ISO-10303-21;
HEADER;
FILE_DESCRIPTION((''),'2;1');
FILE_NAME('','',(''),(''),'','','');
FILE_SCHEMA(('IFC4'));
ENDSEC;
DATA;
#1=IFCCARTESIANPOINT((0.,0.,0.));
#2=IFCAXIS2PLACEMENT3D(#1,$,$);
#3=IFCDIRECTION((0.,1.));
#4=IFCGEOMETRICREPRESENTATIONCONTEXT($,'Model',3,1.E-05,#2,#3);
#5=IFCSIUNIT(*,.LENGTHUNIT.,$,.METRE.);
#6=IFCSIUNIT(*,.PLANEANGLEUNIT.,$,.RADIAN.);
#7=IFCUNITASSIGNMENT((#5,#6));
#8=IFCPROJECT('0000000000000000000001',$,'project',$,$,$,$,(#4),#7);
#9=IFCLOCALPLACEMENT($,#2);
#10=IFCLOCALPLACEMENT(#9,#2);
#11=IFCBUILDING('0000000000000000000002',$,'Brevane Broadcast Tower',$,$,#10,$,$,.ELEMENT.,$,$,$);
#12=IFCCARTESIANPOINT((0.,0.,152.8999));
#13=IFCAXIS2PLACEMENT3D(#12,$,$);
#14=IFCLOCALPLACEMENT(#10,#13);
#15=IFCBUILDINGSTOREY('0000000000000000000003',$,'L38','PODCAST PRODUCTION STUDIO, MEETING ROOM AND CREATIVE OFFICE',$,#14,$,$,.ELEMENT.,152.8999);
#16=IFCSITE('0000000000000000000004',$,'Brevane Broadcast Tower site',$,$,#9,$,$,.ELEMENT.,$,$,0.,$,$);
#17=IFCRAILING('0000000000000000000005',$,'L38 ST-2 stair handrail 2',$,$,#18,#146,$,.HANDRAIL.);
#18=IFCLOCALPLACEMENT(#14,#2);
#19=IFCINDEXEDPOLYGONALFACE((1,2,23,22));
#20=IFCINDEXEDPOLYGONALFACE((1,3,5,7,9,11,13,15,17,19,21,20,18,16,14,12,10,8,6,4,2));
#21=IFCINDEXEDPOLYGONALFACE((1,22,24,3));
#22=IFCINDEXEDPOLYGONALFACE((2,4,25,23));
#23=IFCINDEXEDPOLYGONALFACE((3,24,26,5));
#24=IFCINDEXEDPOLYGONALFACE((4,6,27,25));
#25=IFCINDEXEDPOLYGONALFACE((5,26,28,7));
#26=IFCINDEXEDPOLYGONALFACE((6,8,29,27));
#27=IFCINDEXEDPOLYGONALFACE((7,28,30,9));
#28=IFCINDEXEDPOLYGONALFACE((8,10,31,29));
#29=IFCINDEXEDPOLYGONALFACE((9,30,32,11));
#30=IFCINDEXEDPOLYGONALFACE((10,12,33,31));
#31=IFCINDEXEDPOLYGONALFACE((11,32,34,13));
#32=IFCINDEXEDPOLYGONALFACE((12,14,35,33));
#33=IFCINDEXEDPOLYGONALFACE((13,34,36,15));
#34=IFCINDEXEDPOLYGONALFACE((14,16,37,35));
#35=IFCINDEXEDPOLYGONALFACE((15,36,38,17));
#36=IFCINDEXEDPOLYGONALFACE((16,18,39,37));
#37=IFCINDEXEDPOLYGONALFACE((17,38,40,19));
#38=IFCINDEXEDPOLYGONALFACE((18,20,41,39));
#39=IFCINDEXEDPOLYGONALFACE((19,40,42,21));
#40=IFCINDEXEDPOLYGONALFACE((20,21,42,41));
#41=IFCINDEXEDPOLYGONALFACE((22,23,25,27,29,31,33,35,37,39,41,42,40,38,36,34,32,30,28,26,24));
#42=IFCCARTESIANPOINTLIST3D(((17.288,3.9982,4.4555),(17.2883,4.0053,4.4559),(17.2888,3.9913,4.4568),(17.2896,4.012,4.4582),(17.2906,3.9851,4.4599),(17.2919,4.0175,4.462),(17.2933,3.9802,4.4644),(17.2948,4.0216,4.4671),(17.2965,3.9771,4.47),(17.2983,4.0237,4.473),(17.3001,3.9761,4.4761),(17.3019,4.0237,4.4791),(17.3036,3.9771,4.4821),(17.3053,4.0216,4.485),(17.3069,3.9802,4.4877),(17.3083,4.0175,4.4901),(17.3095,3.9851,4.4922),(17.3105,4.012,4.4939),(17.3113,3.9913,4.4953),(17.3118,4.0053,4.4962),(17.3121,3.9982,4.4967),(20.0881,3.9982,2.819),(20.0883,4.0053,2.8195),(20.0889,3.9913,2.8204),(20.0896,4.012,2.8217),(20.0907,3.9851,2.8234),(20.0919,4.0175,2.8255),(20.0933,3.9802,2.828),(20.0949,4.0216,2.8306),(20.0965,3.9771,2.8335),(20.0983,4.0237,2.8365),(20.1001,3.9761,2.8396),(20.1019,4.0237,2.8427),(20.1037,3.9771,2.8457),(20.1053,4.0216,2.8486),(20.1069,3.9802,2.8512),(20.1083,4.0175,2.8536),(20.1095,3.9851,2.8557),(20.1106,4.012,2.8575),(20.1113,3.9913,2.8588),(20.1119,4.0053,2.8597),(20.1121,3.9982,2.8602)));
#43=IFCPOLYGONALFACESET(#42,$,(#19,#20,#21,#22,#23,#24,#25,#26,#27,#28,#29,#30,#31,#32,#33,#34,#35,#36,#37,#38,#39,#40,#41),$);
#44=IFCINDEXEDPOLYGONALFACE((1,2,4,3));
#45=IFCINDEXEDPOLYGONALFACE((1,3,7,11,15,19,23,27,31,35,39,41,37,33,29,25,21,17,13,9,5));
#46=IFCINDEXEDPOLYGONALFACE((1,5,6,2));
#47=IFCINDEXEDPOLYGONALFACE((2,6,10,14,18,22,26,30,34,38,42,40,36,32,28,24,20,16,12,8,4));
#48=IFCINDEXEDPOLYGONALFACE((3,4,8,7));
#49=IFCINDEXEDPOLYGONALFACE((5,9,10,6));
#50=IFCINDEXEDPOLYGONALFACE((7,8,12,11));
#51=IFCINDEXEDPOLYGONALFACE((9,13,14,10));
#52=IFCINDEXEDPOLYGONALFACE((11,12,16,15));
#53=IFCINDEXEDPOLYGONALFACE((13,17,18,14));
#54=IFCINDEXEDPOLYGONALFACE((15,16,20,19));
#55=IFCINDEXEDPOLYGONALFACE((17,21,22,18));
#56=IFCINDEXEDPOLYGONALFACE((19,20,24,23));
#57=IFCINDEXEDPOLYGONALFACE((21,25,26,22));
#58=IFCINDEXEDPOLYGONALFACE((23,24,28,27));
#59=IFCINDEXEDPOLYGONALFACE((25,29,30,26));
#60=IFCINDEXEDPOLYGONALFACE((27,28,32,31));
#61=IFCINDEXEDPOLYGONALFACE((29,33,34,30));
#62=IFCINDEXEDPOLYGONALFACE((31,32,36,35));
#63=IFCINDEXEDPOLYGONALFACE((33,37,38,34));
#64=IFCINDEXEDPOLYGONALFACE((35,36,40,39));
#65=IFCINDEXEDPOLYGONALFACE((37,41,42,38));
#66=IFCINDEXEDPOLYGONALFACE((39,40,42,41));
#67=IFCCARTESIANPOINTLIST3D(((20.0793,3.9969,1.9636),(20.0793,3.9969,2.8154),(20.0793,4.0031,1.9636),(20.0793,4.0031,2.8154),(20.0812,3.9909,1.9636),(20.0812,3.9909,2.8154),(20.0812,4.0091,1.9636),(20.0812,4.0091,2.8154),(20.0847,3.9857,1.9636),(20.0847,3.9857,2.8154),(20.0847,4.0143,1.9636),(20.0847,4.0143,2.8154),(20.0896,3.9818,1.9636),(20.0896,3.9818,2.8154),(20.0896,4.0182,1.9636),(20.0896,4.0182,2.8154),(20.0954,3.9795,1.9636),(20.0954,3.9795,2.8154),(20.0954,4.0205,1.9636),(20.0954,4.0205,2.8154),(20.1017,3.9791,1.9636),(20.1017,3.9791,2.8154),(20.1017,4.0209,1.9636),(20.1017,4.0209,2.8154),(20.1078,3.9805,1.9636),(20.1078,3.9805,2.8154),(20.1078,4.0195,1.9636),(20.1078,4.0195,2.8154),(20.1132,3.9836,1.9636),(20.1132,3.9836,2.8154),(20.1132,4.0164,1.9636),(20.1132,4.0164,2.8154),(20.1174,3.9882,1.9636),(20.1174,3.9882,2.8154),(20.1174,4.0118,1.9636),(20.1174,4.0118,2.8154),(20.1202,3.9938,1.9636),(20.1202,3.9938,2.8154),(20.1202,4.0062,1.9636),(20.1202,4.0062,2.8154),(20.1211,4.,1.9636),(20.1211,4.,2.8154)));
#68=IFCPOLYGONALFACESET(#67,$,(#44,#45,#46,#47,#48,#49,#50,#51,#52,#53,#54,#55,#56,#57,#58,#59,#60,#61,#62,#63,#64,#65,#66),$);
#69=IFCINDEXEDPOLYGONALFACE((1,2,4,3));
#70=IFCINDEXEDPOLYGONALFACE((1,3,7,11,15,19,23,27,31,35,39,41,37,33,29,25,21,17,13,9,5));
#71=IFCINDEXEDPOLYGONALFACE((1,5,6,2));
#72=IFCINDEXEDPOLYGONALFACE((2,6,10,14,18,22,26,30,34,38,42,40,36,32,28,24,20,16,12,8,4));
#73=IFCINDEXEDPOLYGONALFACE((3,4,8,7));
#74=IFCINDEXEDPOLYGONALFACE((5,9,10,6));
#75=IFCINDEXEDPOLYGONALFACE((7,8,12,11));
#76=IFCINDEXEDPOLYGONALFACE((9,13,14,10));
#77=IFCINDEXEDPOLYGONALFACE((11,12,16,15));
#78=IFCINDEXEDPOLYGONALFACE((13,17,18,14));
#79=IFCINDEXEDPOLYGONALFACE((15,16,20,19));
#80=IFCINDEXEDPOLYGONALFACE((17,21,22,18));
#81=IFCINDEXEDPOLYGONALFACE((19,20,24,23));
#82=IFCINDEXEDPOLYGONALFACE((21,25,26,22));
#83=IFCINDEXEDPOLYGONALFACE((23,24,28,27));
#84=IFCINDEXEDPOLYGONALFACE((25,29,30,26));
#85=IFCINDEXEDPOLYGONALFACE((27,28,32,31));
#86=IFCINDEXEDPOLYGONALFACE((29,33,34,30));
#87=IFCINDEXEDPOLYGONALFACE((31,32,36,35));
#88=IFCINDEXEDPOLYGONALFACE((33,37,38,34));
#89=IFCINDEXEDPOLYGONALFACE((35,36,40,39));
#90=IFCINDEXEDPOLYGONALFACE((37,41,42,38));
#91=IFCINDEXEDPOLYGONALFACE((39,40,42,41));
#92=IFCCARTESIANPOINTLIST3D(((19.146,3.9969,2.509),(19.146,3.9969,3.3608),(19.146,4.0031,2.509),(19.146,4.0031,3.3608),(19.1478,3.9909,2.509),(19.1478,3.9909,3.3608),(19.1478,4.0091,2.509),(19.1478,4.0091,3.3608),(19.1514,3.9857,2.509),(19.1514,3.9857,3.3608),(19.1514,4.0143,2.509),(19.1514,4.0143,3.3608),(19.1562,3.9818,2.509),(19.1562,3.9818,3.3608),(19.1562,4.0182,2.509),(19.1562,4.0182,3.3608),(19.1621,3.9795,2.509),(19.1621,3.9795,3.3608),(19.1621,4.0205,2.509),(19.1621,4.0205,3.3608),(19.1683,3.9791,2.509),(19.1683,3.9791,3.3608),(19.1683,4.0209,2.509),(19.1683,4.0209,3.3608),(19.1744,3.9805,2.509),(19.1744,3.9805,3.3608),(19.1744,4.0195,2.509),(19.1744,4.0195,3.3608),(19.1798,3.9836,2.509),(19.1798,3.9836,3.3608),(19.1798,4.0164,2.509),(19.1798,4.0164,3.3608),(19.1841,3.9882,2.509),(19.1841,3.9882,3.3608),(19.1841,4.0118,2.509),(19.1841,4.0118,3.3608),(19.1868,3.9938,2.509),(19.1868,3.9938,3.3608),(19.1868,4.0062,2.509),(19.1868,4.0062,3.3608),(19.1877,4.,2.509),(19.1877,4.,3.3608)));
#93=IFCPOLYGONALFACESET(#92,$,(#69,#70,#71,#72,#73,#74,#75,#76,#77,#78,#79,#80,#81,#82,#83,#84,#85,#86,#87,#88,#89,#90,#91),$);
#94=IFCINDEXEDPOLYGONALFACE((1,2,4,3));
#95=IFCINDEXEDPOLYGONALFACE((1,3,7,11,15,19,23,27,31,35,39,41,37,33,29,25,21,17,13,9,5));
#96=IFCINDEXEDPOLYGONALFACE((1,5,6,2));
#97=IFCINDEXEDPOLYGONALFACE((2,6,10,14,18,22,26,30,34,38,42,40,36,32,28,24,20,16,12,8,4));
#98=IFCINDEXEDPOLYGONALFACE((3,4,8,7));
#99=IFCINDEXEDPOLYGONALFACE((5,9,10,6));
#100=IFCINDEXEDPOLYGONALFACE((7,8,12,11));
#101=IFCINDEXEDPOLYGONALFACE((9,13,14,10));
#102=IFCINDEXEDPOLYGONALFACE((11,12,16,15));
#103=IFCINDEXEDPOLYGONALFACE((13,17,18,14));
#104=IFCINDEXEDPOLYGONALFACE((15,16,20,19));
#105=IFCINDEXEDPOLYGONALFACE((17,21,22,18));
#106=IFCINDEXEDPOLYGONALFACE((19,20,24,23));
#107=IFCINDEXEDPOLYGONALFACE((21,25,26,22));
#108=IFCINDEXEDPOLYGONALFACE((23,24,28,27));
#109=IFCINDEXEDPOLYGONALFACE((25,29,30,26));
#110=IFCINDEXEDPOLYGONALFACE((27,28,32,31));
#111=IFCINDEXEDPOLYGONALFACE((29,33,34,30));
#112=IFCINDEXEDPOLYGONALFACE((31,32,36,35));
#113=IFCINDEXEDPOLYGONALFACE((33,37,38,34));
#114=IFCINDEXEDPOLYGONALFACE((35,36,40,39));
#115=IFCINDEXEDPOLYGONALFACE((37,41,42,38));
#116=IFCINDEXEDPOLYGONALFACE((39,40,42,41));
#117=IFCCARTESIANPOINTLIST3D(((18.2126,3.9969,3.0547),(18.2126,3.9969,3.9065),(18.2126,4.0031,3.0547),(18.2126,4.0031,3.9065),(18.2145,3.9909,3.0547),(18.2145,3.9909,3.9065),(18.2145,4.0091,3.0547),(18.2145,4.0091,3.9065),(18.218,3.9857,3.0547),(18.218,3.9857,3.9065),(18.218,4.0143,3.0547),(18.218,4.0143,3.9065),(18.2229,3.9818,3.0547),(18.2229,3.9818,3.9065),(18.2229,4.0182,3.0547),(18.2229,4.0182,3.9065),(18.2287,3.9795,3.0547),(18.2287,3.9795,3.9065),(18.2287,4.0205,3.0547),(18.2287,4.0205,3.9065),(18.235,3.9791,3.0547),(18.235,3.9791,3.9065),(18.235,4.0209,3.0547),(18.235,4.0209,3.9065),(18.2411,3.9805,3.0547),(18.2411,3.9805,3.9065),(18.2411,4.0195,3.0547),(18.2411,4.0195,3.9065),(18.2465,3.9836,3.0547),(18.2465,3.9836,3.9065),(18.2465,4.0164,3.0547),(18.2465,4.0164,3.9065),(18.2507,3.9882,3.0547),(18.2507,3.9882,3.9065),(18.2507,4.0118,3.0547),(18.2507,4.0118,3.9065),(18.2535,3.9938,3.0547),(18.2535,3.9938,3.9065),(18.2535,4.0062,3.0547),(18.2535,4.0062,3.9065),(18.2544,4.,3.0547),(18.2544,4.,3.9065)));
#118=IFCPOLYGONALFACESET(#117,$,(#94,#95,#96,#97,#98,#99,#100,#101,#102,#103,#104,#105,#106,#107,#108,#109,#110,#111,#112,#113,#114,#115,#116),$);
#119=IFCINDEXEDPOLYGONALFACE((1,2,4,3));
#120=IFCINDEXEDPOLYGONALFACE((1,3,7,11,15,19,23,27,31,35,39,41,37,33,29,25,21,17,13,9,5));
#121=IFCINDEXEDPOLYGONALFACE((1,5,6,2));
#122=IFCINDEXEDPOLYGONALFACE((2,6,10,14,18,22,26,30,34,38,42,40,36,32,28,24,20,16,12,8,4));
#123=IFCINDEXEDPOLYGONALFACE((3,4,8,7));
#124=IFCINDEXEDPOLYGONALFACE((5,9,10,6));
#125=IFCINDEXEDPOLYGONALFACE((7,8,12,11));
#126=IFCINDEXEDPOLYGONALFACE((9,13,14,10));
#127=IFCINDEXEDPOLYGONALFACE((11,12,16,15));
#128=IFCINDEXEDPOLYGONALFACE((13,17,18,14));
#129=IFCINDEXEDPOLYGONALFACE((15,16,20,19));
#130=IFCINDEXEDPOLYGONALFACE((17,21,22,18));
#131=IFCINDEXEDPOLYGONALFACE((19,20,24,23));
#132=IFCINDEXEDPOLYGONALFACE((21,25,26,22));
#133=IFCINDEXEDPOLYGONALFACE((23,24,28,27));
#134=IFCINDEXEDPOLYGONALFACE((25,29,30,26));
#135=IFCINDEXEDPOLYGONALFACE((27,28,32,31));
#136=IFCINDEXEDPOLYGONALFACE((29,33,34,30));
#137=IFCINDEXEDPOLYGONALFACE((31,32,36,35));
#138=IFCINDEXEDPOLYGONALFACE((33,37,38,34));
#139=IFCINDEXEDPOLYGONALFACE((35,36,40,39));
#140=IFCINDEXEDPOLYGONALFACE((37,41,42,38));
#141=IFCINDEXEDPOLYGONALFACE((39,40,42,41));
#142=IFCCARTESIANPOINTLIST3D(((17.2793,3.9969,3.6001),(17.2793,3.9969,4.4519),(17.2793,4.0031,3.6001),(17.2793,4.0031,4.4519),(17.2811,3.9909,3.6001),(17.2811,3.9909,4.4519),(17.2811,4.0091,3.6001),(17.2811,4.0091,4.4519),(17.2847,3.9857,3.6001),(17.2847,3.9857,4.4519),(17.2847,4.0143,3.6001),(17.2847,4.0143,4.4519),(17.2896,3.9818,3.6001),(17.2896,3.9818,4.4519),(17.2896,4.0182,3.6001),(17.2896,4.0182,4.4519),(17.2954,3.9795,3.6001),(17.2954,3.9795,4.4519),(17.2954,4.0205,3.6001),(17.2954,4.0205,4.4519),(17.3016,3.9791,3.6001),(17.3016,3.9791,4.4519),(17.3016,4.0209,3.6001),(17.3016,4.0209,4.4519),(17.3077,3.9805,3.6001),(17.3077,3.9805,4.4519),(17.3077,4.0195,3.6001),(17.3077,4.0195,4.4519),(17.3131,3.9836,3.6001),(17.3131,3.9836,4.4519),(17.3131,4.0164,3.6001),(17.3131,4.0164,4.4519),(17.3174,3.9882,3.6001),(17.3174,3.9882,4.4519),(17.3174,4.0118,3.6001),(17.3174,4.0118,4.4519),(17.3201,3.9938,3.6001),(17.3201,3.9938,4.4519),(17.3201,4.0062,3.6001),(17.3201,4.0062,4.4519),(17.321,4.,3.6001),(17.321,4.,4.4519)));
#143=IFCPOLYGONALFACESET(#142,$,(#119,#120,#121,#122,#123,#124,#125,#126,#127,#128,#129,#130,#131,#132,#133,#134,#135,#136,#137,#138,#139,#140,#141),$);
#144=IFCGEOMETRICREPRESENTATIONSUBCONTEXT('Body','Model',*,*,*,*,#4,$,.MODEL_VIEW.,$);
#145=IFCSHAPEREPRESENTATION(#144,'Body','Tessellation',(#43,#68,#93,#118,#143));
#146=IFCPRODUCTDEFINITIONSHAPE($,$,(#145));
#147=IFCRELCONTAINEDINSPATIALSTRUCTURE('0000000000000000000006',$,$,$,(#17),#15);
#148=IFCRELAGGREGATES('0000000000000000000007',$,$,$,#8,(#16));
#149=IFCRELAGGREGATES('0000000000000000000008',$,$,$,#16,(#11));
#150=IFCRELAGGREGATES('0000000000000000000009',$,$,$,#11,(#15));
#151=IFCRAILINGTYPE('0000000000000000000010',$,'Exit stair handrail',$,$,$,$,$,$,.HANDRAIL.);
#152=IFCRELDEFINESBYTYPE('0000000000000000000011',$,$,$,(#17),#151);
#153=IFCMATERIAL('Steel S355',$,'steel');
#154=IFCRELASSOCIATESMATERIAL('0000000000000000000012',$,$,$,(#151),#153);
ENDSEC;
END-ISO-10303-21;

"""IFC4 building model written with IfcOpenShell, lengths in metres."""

from ifc_helpers import new_model, si_unit, direction, frame, origin, origin_2d, place, context, subcontext, project, spatial, circle, extrude, material, type_object, element, save


model = new_model("IFC4")

# Units and contexts
model_context = context("Model", 3, precision=1e-05, world=origin(), true_north=direction((0.0, 1.0)))
body_context = subcontext(model_context, "Body", "Model", "MODEL_VIEW")
ifc_project = project(units=[si_unit("LENGTHUNIT", "METRE"), si_unit("PLANEANGLEUNIT", "RADIAN")], contexts=[model_context])

# Site, building, storey
site_placement = place(None, origin())
site = spatial("IfcSite", under=ifc_project, at=site_placement, Name="Brevane Broadcast Tower site", CompositionType="ELEMENT", RefElevation=0.0)
building_placement = place(site_placement, origin())
building = spatial("IfcBuilding", under=site, at=building_placement, Name="Brevane Broadcast Tower", CompositionType="ELEMENT")
storey_placement = place(building_placement, frame((0.0, 0.0, 152.8999)))
storey = spatial("IfcBuildingStorey", under=building, at=storey_placement, Name="L38", Description="PODCAST PRODUCTION STUDIO, MEETING ROOM AND CREATIVE OFFICE", CompositionType="ELEMENT", Elevation=152.8999)

# Railing
ifc_material_1 = material(Name="Steel S355", Category="steel")
railing_type_1 = type_object("IfcRailingType", Name="Exit stair handrail", PredefinedType="HANDRAIL", material=ifc_material_1)
railing_1_placement = place(storey_placement, frame((20.1001, 4.0, 1.9636)))
element("IfcRailing", 1, at=railing_1_placement, inside=storey, type_object=railing_type_1, Name="L38 ST-2 stair handrail 2", PredefinedType="HANDRAIL", context=body_context, shape_type="SweptSolid", body=[
    extrude(circle(Radius=0.0239, at=origin_2d()), frame((0.0, 0.0, 0.876), z_axis=(-0.863361, 0.0, 0.504587), x_axis=(0.0, -1.0, 0.0)), (0.0, 0.0, 1.0), 3.2432),
    extrude(circle(Radius=0.021, at=origin_2d()), origin(), (0.0, 0.0, 1.0), 0.8518),
    extrude(circle(Radius=0.021, at=origin_2d()), frame((-0.9333, 0.0, 0.5454)), (0.0, 0.0, 1.0), 0.8518),
    extrude(circle(Radius=0.021, at=origin_2d()), frame((-1.8667, 0.0, 1.0911)), (0.0, 0.0, 1.0), 0.8518),
    extrude(circle(Radius=0.021, at=origin_2d()), frame((-2.8, 0.0, 1.6365)), (0.0, 0.0, 1.0), 0.8518),
])

save(model, "model.ifc")
